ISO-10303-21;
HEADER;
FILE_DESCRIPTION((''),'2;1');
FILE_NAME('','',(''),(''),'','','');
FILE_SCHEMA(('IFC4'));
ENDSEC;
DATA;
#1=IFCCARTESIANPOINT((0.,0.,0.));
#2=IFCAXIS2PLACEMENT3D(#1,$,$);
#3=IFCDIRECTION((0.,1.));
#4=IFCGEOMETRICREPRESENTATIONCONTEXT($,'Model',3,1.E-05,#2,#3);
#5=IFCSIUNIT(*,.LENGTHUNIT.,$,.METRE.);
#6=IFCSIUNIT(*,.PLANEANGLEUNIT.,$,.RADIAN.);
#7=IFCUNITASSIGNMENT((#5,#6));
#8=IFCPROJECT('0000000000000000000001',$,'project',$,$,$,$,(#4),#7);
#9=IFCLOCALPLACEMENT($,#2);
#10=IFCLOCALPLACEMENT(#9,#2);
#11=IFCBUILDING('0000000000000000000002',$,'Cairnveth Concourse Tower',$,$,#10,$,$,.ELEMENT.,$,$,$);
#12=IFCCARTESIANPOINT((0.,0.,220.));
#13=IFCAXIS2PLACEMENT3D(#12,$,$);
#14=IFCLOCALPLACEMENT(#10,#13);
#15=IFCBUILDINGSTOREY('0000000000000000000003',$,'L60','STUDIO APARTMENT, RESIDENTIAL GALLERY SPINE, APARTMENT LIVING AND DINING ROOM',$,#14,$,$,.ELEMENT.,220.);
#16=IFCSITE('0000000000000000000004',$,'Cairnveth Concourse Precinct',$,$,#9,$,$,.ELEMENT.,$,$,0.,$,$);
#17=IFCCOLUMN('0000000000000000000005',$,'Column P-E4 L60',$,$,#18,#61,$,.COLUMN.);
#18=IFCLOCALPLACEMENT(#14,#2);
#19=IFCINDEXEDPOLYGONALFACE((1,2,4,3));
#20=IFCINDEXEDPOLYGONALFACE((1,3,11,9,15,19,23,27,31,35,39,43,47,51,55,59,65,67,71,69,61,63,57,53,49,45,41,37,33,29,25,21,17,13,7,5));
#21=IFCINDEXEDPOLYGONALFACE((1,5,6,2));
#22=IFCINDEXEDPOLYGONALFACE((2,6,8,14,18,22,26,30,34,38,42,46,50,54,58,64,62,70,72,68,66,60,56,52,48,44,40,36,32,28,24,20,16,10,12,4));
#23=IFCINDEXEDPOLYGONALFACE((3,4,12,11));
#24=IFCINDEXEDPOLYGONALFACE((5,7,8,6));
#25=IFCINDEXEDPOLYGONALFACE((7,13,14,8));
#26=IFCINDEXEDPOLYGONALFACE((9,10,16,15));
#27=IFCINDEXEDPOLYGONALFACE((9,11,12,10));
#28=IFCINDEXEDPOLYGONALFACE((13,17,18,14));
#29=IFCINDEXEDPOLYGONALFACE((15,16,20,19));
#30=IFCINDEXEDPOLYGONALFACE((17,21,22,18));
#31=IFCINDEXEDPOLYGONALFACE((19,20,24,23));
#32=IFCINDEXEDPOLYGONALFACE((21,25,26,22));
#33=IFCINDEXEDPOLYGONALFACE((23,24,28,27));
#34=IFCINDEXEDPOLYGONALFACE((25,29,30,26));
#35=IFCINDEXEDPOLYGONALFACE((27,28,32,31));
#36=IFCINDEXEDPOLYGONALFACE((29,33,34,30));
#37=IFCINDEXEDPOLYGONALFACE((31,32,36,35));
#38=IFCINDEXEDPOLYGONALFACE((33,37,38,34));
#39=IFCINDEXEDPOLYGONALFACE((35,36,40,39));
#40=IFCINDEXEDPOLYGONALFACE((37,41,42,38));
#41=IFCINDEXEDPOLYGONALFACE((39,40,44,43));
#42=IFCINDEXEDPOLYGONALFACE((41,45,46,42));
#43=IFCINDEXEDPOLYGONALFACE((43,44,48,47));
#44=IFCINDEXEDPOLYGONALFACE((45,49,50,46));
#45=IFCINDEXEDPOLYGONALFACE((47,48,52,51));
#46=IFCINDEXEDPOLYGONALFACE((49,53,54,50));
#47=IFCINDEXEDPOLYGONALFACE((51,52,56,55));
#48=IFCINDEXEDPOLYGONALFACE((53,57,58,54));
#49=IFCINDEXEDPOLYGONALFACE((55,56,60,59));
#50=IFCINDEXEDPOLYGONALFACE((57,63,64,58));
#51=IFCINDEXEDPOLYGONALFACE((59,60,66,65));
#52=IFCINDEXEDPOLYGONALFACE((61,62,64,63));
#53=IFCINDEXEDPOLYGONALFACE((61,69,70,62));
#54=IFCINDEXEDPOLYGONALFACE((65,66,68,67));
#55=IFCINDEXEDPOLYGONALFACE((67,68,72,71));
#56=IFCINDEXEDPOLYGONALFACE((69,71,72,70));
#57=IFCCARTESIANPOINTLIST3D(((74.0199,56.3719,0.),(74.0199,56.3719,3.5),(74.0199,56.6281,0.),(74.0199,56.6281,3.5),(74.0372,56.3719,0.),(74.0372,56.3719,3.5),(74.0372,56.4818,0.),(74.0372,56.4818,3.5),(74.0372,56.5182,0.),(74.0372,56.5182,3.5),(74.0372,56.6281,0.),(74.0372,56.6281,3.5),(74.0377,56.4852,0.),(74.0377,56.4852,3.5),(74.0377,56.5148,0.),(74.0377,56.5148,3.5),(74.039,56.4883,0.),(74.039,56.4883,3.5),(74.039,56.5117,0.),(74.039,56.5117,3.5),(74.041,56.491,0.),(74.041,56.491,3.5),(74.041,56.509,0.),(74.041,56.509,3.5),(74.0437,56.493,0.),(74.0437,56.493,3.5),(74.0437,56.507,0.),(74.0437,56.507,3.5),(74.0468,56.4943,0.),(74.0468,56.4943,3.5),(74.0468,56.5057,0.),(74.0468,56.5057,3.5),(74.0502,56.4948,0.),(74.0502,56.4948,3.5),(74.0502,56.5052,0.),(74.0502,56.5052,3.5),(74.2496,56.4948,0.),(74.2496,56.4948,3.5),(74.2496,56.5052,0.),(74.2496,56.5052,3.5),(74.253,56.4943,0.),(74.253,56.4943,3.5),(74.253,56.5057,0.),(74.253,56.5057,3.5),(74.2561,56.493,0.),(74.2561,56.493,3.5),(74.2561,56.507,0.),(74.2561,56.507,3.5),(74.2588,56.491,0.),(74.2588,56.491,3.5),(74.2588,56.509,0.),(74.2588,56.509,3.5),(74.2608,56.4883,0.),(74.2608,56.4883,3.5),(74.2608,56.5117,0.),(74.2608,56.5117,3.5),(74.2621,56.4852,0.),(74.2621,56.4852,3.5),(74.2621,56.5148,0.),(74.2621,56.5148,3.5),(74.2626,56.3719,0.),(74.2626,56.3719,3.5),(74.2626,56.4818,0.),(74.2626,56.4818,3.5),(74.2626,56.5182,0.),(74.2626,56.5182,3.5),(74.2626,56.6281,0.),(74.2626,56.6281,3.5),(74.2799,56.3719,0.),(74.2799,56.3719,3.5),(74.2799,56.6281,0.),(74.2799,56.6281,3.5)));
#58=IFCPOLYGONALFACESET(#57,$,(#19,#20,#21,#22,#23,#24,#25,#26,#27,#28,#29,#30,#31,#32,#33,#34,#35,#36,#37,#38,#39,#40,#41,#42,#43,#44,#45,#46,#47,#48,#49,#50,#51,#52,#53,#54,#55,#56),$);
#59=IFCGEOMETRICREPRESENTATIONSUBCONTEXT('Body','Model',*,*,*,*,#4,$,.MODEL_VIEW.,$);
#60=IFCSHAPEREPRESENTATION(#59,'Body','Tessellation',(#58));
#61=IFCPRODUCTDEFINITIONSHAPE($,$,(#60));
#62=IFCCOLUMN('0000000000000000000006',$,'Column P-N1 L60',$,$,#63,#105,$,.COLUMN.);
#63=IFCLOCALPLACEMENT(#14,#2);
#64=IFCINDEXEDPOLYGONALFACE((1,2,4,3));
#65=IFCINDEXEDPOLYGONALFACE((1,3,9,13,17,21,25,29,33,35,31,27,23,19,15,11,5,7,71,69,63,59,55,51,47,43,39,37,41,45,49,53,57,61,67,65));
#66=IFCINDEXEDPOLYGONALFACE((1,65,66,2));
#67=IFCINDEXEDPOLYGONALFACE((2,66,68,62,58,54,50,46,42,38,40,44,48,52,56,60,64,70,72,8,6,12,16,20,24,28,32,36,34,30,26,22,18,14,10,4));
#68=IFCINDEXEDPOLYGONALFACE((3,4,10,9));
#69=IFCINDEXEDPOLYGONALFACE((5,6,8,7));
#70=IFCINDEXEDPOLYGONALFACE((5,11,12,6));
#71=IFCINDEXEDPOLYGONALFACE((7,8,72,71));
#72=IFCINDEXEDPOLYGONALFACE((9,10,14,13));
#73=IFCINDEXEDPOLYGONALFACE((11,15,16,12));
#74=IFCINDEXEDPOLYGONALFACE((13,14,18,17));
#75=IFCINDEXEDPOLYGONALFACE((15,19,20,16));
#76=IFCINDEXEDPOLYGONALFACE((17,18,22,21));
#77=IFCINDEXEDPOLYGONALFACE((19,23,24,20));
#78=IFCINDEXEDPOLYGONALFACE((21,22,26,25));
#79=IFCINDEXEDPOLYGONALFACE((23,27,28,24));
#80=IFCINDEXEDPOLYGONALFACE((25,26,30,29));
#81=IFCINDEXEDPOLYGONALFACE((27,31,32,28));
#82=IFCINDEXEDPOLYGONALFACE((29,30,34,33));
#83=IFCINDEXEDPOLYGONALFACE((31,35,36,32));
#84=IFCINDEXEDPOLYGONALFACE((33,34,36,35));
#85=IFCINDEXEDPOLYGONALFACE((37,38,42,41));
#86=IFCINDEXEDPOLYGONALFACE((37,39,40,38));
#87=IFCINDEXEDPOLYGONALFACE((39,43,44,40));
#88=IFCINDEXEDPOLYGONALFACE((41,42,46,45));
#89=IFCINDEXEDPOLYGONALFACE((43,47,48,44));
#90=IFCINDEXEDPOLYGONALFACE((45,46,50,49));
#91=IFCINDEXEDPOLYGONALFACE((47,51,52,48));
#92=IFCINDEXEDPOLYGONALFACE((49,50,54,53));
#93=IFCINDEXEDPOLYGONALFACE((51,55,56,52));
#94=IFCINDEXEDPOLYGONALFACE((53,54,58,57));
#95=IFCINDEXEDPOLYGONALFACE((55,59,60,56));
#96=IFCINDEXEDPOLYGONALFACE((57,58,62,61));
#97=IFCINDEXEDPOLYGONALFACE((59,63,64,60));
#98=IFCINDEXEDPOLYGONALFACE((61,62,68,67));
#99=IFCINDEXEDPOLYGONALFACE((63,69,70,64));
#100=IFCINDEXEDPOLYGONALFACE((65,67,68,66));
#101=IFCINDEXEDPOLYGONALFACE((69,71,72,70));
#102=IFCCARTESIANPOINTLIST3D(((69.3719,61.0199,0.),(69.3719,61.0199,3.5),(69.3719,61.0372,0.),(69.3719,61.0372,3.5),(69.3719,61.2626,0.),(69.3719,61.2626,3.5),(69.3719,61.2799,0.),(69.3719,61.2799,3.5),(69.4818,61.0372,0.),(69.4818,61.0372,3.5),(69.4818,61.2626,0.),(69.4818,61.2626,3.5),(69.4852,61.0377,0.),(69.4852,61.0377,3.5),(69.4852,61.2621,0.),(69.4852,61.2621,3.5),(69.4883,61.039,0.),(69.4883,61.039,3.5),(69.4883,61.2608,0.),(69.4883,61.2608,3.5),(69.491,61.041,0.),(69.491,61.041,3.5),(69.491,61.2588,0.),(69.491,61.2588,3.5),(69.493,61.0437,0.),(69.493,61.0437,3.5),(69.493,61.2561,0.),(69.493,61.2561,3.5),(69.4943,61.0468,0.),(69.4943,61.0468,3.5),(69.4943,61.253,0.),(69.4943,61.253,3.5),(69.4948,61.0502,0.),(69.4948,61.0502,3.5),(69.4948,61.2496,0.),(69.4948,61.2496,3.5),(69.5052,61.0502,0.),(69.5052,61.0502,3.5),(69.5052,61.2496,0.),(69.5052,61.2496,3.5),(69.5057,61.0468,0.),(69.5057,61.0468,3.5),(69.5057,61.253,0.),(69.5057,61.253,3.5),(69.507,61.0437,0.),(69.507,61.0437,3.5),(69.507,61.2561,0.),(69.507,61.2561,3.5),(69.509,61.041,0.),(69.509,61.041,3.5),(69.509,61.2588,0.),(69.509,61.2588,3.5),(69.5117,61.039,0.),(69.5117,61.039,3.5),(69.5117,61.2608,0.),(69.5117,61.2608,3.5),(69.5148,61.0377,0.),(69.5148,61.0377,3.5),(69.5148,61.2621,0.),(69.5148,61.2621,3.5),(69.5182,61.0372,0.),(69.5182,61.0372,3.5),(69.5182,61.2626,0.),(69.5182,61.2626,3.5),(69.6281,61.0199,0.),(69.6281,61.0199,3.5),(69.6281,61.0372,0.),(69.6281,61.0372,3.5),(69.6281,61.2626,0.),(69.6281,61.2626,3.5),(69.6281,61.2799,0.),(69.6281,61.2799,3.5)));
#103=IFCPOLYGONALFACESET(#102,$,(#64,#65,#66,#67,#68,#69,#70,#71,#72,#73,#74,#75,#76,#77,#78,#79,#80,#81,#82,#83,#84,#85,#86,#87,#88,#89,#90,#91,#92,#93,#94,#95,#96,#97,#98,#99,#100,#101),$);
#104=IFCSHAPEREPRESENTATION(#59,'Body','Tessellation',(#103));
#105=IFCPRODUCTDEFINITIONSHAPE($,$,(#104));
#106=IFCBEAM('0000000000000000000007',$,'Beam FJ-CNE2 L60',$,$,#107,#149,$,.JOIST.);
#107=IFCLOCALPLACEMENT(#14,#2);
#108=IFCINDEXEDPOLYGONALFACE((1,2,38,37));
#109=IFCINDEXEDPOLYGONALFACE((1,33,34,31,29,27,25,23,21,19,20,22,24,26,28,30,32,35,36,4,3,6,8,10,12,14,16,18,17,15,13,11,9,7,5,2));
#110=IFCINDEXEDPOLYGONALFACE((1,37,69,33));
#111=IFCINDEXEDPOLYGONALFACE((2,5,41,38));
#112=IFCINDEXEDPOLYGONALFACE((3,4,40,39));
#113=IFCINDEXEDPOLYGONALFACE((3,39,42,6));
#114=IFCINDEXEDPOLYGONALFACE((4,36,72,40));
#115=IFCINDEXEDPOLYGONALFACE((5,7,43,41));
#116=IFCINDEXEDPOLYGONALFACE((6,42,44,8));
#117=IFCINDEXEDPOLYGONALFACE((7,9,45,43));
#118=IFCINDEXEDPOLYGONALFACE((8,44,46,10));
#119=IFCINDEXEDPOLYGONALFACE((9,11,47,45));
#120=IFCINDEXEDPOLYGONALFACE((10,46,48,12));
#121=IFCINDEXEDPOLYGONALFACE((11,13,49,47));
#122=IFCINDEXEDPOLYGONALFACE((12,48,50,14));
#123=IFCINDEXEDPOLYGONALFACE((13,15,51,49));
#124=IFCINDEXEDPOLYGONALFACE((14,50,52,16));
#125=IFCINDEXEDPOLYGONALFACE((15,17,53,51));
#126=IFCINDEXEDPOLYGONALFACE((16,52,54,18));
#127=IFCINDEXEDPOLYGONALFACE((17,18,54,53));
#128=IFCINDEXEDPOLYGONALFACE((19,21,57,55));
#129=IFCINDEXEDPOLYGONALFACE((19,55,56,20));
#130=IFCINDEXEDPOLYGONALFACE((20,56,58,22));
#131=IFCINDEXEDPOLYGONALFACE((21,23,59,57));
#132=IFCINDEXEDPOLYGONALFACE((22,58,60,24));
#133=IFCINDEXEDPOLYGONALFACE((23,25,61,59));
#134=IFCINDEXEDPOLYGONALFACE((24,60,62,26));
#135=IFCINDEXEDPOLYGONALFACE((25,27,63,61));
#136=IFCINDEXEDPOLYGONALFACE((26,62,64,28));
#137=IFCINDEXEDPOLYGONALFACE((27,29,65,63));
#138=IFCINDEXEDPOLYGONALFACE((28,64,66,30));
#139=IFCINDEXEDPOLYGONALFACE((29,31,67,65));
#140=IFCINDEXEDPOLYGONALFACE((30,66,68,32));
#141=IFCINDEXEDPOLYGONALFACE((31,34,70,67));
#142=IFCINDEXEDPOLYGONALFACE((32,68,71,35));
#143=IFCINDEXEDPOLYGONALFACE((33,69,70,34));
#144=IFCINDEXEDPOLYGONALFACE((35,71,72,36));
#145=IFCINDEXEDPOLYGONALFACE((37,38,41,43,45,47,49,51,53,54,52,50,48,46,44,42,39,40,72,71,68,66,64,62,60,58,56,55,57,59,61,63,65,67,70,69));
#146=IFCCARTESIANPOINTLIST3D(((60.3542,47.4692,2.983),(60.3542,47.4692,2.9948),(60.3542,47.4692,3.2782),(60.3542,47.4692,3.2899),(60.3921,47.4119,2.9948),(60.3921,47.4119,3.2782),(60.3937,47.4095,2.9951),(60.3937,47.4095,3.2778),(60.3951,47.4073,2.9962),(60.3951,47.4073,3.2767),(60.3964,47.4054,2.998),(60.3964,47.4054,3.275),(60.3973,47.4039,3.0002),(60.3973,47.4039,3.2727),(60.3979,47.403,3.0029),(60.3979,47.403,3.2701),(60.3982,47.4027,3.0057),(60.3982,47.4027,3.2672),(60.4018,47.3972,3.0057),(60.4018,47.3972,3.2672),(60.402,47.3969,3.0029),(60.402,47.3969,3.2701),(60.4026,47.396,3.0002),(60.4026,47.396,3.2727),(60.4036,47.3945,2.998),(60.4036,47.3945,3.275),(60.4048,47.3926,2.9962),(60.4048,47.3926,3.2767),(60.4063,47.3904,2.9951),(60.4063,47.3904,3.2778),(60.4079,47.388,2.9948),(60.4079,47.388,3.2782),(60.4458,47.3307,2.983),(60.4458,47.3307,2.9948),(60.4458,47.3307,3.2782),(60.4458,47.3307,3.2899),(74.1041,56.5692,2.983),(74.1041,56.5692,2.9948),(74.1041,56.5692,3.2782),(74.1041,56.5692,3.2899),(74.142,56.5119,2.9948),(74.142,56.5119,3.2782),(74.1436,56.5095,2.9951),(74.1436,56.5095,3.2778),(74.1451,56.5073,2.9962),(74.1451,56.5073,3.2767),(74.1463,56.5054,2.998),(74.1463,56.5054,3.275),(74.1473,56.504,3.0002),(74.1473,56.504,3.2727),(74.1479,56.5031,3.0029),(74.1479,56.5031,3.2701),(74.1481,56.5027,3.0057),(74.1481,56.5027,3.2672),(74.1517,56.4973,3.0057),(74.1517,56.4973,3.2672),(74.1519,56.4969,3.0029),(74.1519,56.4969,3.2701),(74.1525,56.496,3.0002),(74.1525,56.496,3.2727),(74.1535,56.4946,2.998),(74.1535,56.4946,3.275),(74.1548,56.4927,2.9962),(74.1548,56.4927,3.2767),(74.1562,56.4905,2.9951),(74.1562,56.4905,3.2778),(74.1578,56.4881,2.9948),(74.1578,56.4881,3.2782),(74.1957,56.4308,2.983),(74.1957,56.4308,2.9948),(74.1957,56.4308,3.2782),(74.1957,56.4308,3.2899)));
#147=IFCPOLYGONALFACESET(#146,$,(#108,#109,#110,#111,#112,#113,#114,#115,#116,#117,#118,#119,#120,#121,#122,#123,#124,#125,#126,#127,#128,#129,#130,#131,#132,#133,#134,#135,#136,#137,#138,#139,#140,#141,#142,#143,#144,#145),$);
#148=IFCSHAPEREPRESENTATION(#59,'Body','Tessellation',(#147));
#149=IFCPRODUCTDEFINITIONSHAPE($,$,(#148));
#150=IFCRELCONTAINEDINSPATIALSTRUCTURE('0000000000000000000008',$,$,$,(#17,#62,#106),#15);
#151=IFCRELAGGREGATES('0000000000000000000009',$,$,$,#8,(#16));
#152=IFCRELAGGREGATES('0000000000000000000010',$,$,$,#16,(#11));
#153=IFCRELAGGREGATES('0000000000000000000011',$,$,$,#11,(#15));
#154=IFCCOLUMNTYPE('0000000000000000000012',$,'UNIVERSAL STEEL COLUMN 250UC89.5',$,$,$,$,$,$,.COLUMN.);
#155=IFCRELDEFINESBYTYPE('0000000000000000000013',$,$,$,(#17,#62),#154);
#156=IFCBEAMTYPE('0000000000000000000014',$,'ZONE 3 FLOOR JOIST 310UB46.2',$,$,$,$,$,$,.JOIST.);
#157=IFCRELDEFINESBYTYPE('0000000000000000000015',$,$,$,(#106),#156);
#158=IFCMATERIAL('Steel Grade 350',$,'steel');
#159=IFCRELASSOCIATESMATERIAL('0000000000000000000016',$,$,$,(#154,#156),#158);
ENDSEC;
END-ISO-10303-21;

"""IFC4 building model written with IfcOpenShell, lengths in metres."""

from ifc_helpers import new_model, si_unit, direction, frame, origin, origin_2d, place, context, subcontext, project, spatial, i_section, extrude, material, material_profile, profile_set, type_object, element, save


model = new_model("IFC4")

# Units and contexts
model_context = context("Model", 3, precision=1e-05, world=origin(), true_north=direction((0.0, 1.0)))
body_context = subcontext(model_context, "Body", "Model", "MODEL_VIEW")
ifc_project = project(units=[si_unit("LENGTHUNIT", "METRE"), si_unit("PLANEANGLEUNIT", "RADIAN")], contexts=[model_context])

# Site, building, storey
site_placement = place(None, origin())
site = spatial("IfcSite", under=ifc_project, at=site_placement, Name="Cairnveth Concourse Precinct", CompositionType="ELEMENT", RefElevation=0.0)
building_placement = place(site_placement, origin())
building = spatial("IfcBuilding", under=site, at=building_placement, Name="Cairnveth Concourse Tower", CompositionType="ELEMENT")
storey_placement = place(building_placement, frame((0.0, 0.0, 220.0)))
storey = spatial("IfcBuildingStorey", under=building, at=storey_placement, Name="L60", Description="STUDIO APARTMENT, RESIDENTIAL GALLERY SPINE, APARTMENT LIVING AND DINING ROOM", CompositionType="ELEMENT", Elevation=220.0)

# Columns
ifc_material_1 = material(Name="Steel Grade 350", Category="steel")
ifc_material_profile_1 = material_profile(ifc_material_1, i_section(OverallWidth=0.2561, OverallDepth=0.26, WebThickness=0.0105, FlangeThickness=0.0173, FilletRadius=0.0129, at=origin_2d()), Name="250UC89.5")
ifc_profile_set_1 = profile_set([ifc_material_profile_1], Name="Steel Grade 350")
column_type = type_object("IfcColumnType", Name="UNIVERSAL STEEL COLUMN 250UC89.5", PredefinedType="COLUMN", material=ifc_profile_set_1)
for number, where, z_axis, x_axis, name in (
    (1, (74.1499, 56.5, 0.0), (0.0, 0.0, 1.0), (0.0, 1.0, 0.0), "Column P-E4 L60"),
    (2, (69.5, 61.1499, 0.0), (0.0, 0.0, 1.0), (1.0, 0.0, 0.0), "Column P-N1 L60"),
):
    element("IfcColumn", number, at=place(storey_placement, frame(where, z_axis=z_axis, x_axis=x_axis)), inside=storey, type_object=column_type, Name=name, PredefinedType="COLUMN", context=body_context, shape_type="SweptSolid", body=[
        extrude(i_section(OverallWidth=0.2561, OverallDepth=0.26, WebThickness=0.0105, FlangeThickness=0.0173, FilletRadius=0.0129, at=origin_2d()), origin(), (0.0, 0.0, 1.0), 3.5),
    ])

# Beam
ifc_material_profile_2 = material_profile(ifc_material_1, i_section(OverallWidth=0.166, OverallDepth=0.3069, WebThickness=0.0066, FlangeThickness=0.0117, FilletRadius=0.011, at=origin_2d()), Name="310UB46.2")
ifc_profile_set_2 = profile_set([ifc_material_profile_2], Name="Steel Grade 350")
beam_type_1 = type_object("IfcBeamType", Name="ZONE 3 FLOOR JOIST 310UB46.2", PredefinedType="JOIST", material=ifc_profile_set_2)
beam_1_placement = place(storey_placement, frame((74.1499, 56.5, 3.1365), z_axis=(-0.833909, -0.551902, 0.0), x_axis=(0.551902, -0.833909, 0.0)))
element("IfcBeam", 3, at=beam_1_placement, inside=storey, type_object=beam_type_1, Name="Beam FJ-CNE2 L60", PredefinedType="JOIST", context=body_context, shape_type="SweptSolid", body=[
    extrude(i_section(OverallWidth=0.166, OverallDepth=0.3069, WebThickness=0.0066, FlangeThickness=0.0117, FilletRadius=0.011, at=origin_2d()), origin(), (0.0, 0.0, 1.0), 16.4885),
])

save(model, "model.ifc")
